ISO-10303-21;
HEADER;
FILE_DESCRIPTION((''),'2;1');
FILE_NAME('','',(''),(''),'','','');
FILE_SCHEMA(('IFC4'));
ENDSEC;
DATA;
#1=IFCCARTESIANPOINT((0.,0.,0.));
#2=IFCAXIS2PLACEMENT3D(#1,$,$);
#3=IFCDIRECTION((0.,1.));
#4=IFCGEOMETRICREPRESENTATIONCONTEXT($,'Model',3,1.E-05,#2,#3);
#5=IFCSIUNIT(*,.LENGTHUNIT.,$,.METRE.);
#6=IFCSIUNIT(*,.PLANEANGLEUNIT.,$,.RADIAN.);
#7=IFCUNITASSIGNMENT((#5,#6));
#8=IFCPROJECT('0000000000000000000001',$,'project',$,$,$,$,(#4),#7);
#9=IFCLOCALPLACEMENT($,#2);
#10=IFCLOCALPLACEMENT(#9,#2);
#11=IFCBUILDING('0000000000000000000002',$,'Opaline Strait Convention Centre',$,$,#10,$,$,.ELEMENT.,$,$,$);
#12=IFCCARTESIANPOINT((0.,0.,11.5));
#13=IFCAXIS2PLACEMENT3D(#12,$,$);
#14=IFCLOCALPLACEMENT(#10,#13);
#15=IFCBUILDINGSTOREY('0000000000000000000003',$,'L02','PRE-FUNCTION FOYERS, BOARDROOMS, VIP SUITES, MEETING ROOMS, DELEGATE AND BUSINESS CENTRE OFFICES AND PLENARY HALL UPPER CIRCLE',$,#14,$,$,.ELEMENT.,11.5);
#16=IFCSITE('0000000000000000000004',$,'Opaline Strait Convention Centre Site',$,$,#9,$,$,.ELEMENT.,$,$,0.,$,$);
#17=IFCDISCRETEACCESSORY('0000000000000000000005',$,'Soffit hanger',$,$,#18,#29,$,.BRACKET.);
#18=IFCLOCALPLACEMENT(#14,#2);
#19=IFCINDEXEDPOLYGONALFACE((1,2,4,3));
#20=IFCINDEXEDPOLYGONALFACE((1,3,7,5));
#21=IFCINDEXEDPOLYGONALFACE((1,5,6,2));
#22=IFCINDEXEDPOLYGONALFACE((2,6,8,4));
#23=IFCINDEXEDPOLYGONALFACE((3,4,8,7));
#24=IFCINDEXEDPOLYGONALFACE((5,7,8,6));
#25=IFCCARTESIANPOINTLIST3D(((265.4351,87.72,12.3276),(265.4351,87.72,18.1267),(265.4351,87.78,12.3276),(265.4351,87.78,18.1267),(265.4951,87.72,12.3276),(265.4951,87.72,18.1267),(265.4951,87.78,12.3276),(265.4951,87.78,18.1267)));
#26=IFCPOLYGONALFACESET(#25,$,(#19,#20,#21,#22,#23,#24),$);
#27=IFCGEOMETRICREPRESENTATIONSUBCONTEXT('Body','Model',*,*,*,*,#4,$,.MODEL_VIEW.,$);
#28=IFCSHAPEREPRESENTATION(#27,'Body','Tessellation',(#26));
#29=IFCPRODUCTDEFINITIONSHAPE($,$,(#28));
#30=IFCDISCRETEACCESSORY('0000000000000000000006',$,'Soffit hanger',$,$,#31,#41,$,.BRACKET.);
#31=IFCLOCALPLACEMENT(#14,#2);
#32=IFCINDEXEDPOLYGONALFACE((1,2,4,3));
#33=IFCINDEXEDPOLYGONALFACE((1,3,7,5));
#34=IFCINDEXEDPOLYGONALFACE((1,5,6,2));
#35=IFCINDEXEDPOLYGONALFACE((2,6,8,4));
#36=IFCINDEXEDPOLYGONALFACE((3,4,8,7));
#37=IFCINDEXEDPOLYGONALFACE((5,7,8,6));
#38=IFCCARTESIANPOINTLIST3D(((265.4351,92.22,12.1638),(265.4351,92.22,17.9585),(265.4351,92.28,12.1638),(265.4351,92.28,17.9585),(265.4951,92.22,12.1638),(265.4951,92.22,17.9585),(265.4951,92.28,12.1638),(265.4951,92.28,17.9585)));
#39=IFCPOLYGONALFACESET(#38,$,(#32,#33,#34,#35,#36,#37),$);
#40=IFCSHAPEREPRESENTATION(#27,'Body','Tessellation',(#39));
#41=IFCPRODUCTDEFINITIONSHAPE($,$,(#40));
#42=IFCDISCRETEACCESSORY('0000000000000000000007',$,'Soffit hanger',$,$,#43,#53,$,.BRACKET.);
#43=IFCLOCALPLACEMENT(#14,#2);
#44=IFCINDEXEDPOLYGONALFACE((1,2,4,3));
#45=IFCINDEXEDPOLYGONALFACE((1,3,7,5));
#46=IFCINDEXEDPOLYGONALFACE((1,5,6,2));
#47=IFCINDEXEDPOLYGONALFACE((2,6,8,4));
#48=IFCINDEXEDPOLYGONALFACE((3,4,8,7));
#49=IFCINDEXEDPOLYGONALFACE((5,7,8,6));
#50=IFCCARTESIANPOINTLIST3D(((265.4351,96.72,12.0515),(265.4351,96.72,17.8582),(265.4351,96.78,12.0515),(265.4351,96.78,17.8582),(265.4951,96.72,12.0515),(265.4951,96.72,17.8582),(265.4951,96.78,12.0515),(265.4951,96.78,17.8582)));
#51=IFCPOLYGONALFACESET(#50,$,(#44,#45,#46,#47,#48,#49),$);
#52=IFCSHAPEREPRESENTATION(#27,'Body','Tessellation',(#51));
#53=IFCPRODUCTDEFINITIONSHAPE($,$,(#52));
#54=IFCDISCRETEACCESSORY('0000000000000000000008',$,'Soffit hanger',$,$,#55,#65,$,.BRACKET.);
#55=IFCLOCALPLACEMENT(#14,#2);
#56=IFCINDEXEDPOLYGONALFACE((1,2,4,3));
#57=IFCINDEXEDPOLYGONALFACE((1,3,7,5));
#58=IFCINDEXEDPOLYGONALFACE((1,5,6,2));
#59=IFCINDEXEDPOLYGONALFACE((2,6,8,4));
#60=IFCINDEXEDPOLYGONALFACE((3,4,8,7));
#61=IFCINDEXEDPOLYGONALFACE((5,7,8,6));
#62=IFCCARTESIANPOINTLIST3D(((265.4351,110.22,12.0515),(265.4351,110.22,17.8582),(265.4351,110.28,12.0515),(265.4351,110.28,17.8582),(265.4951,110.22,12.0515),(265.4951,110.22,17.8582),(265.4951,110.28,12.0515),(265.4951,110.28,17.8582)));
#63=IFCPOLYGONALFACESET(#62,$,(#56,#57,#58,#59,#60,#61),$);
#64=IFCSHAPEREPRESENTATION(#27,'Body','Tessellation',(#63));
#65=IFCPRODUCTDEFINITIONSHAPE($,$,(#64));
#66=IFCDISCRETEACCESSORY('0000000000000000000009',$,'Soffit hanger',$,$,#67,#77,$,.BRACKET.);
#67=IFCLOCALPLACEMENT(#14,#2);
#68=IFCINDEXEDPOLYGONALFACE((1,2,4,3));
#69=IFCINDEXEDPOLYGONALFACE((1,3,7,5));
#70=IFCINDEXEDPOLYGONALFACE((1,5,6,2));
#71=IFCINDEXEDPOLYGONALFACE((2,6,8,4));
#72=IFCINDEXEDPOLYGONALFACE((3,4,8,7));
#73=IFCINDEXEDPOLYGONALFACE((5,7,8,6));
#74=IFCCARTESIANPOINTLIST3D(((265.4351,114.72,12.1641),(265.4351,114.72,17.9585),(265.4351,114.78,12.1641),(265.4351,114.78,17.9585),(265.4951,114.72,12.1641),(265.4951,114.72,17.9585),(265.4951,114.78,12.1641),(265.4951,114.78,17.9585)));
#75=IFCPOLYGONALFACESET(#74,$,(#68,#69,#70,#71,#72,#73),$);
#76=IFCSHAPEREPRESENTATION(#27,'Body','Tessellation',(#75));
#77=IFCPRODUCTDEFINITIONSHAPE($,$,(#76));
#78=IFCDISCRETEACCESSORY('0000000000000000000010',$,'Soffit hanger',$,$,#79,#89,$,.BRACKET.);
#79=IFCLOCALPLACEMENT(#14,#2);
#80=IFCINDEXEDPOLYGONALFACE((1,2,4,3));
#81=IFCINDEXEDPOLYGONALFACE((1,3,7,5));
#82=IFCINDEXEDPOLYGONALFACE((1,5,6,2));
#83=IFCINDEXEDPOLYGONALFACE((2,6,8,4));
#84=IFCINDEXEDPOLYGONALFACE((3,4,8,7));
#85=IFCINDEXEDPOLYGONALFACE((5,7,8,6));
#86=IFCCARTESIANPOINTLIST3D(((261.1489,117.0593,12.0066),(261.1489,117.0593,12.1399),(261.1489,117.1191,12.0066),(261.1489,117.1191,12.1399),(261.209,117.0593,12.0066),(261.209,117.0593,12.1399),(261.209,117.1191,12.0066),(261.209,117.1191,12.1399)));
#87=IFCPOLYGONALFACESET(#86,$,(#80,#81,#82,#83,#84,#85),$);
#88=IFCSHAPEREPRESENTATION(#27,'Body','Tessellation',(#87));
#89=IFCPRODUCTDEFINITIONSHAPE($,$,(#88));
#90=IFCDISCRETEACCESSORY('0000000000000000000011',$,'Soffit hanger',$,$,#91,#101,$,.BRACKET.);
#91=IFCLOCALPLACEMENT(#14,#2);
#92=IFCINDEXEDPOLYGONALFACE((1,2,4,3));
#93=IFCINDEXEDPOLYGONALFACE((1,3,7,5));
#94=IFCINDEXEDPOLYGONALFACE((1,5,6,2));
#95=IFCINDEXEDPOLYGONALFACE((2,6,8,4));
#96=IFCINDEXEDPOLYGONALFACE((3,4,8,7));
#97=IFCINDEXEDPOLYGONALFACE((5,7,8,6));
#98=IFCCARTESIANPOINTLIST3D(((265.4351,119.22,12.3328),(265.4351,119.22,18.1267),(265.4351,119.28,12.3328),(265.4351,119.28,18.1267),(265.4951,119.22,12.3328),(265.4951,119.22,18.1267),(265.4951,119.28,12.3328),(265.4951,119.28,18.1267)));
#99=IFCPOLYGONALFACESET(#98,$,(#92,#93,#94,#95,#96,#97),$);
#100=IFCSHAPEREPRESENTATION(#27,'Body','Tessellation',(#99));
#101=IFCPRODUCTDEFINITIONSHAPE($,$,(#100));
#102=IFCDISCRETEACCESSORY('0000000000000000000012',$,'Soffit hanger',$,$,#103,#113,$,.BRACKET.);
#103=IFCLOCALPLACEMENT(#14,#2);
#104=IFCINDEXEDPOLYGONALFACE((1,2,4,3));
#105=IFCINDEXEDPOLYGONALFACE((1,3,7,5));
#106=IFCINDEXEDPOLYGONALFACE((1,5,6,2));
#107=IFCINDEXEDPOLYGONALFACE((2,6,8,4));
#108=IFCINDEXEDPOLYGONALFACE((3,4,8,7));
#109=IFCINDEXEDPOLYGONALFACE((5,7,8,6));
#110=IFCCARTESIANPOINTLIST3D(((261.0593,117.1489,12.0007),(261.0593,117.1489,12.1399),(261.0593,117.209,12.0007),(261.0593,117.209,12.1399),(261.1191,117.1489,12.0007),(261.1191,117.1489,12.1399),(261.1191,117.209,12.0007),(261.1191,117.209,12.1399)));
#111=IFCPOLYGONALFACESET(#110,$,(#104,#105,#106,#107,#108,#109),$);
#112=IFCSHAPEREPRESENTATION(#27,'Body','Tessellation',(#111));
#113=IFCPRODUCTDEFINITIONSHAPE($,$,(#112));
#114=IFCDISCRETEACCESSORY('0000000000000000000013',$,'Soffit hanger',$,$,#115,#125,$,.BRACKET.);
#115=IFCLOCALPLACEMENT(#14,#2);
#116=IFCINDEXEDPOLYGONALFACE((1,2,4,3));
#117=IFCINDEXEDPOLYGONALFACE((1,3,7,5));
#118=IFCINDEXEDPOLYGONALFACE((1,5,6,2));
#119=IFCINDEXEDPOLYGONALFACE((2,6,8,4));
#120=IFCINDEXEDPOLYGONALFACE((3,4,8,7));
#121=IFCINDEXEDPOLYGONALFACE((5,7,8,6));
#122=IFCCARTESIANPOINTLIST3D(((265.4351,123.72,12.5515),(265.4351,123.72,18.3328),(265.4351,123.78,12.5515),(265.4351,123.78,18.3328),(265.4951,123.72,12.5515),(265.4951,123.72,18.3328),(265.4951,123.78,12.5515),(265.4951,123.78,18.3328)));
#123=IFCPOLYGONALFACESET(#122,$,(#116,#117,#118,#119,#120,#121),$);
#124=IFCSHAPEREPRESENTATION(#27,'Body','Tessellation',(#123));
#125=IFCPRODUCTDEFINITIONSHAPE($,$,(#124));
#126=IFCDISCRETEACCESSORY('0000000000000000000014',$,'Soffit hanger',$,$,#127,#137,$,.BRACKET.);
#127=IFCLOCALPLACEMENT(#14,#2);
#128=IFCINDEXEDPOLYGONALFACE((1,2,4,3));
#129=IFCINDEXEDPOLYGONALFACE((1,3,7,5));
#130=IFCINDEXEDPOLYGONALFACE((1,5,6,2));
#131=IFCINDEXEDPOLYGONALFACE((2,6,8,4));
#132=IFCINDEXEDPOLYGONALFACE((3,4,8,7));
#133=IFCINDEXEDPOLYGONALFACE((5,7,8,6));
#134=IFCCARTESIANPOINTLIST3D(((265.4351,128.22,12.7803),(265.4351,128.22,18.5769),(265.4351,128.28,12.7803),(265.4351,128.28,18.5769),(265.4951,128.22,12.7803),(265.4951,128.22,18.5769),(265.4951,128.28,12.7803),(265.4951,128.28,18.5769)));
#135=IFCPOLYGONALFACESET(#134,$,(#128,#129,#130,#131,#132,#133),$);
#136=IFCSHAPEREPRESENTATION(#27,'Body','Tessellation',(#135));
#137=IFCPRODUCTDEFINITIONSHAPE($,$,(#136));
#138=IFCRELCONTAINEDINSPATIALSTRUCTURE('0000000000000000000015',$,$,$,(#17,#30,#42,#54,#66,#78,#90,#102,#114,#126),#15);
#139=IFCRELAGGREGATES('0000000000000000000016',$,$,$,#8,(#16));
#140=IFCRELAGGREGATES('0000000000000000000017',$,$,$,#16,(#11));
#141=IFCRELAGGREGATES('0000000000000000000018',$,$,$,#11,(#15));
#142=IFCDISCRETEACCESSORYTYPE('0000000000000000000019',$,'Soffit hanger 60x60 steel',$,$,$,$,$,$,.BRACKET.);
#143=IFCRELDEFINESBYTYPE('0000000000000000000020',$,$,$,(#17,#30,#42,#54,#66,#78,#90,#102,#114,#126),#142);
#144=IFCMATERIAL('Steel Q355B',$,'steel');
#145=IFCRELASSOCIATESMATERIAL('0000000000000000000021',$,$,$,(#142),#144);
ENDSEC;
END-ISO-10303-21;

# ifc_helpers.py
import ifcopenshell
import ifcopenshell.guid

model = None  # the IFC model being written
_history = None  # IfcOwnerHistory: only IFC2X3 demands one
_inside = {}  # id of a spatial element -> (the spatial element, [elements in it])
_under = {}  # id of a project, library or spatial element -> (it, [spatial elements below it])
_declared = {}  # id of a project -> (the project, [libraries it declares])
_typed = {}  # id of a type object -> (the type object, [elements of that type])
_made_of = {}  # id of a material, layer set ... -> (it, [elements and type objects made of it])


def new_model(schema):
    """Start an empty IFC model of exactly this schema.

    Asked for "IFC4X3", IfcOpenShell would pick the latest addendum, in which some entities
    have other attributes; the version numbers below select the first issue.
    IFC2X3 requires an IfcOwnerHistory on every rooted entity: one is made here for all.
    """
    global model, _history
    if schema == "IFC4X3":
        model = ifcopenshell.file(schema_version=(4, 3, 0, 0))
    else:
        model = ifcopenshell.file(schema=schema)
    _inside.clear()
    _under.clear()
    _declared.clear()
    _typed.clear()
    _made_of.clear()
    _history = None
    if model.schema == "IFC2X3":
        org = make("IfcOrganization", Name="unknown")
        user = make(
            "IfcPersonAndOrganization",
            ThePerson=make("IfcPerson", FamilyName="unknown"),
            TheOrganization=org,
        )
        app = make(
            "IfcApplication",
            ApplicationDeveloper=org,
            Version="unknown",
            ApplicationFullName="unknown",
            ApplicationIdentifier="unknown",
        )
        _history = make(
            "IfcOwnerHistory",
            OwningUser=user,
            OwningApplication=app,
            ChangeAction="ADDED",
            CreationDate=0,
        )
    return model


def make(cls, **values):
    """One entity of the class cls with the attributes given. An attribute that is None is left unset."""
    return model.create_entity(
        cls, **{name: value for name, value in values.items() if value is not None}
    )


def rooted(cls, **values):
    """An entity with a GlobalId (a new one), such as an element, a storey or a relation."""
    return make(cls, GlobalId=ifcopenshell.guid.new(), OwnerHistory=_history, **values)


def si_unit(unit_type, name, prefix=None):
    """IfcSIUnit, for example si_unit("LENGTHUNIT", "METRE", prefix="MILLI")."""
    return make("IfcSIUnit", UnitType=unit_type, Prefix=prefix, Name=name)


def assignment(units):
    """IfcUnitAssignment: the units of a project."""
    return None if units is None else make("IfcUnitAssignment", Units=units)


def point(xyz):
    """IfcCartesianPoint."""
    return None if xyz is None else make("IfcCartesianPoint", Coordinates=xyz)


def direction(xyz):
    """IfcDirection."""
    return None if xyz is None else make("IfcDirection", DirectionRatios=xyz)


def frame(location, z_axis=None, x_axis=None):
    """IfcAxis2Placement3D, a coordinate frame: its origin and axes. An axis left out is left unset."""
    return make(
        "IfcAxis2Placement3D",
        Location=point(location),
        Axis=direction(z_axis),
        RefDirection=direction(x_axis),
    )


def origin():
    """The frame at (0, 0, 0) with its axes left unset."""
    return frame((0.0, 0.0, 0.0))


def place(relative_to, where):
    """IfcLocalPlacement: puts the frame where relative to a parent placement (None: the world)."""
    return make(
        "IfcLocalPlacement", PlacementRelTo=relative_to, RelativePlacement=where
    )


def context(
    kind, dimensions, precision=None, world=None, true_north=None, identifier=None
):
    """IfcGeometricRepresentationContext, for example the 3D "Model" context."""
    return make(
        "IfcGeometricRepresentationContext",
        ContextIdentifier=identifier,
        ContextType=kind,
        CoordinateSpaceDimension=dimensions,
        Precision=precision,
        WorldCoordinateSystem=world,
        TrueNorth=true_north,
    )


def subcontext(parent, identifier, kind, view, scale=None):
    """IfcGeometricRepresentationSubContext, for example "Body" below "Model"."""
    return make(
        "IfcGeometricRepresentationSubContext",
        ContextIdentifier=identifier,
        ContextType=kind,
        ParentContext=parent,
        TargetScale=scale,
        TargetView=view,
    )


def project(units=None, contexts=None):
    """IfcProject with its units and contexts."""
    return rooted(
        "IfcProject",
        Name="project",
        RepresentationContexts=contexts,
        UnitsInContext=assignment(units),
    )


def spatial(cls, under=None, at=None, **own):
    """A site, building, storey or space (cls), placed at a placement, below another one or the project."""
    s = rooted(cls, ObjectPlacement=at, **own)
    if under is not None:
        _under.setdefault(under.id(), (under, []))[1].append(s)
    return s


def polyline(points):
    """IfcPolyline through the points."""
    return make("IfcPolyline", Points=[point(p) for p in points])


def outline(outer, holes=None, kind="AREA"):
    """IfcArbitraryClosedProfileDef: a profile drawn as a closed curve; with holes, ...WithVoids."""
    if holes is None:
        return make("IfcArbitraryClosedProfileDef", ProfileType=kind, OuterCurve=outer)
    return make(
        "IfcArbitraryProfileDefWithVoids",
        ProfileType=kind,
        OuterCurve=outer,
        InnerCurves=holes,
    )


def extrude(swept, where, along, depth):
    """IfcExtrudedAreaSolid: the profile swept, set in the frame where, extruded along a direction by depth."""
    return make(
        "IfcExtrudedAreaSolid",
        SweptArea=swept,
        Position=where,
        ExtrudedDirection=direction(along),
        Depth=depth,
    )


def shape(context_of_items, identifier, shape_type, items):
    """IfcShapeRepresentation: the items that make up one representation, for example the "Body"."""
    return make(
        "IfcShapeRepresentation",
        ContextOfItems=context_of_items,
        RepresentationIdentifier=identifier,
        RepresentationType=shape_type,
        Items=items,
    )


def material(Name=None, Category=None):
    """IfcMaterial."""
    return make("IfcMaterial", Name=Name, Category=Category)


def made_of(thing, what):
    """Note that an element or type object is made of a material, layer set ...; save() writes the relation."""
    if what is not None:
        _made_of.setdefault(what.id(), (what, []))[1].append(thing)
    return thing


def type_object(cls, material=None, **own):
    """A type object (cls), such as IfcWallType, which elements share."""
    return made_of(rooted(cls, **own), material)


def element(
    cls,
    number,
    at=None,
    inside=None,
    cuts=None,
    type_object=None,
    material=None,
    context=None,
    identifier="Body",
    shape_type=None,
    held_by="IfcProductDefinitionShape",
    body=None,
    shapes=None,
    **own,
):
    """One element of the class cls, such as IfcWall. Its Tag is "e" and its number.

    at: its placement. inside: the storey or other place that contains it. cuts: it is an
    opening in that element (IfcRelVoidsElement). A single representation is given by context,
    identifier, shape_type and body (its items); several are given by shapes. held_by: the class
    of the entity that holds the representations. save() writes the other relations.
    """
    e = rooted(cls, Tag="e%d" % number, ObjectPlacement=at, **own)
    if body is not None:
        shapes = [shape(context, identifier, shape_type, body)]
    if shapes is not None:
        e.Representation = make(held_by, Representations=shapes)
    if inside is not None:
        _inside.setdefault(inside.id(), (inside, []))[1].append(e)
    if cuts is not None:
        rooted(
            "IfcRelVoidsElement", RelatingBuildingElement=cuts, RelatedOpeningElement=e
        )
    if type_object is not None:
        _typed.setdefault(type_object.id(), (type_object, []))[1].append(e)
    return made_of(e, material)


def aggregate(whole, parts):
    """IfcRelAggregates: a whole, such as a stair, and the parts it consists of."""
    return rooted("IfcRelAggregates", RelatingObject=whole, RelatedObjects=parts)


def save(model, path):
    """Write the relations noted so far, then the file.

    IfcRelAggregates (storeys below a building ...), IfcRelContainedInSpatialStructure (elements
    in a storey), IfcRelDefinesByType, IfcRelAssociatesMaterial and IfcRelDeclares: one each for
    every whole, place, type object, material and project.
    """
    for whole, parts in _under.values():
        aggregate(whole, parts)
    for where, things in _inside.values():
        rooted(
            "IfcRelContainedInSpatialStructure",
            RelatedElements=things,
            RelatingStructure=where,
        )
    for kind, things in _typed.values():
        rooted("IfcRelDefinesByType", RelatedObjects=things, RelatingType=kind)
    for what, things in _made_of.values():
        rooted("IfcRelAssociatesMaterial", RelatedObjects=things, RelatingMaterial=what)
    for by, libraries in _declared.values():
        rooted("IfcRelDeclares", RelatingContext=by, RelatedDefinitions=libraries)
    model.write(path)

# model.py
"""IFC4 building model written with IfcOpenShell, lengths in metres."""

from ifc_helpers import new_model, si_unit, direction, frame, origin, place, context, subcontext, project, spatial, polyline, outline, extrude, material, type_object, element, save


model = new_model("IFC4")

# Units and contexts
model_context = context("Model", 3, precision=1e-05, world=origin(), true_north=direction((0.0, 1.0)))
body_context = subcontext(model_context, "Body", "Model", "MODEL_VIEW")
ifc_project = project(units=[si_unit("LENGTHUNIT", "METRE"), si_unit("PLANEANGLEUNIT", "RADIAN")], contexts=[model_context])

# Site, building, storey
site_placement = place(None, origin())
site = spatial("IfcSite", under=ifc_project, at=site_placement, Name="Opaline Strait Convention Centre Site", CompositionType="ELEMENT", RefElevation=0.0)
building_placement = place(site_placement, origin())
building = spatial("IfcBuilding", under=site, at=building_placement, Name="Opaline Strait Convention Centre", CompositionType="ELEMENT")
storey_placement = place(building_placement, frame((0.0, 0.0, 11.5)))
storey = spatial("IfcBuildingStorey", under=building, at=storey_placement, Name="L02", Description="PRE-FUNCTION FOYERS, BOARDROOMS, VIP SUITES, MEETING ROOMS, DELEGATE AND BUSINESS CENTRE OFFICES AND PLENARY HALL UPPER CIRCLE", CompositionType="ELEMENT", Elevation=11.5)

# Discrete accessories
ifc_material = material(Name="Steel Q355B", Category="steel")
discrete_accessory_type = type_object("IfcDiscreteAccessoryType", Name="Soffit hanger 60x60 steel", PredefinedType="BRACKET", material=ifc_material)
discrete_accessory_1_placement = place(storey_placement, frame((0.0, 0.0, 12.3276)))
element("IfcDiscreteAccessory", 1, at=discrete_accessory_1_placement, inside=storey, type_object=discrete_accessory_type, Name="Soffit hanger", PredefinedType="BRACKET", context=body_context, shape_type="SweptSolid", body=[
    extrude(outline(polyline([(265.4351, 87.72), (265.4951, 87.72), (265.4951, 87.78), (265.4351, 87.78), (265.4351, 87.72)])), origin(), (0.0, 0.0, 1.0), 5.7991),
])
discrete_accessory_2_placement = place(storey_placement, frame((0.0, 0.0, 12.1638)))
element("IfcDiscreteAccessory", 2, at=discrete_accessory_2_placement, inside=storey, type_object=discrete_accessory_type, Name="Soffit hanger", PredefinedType="BRACKET", context=body_context, shape_type="SweptSolid", body=[
    extrude(outline(polyline([(265.4351, 92.22), (265.4951, 92.22), (265.4951, 92.28), (265.4351, 92.28), (265.4351, 92.22)])), origin(), (0.0, 0.0, 1.0), 5.7947),
])
discrete_accessory_3_placement = place(storey_placement, frame((0.0, 0.0, 12.0515)))
element("IfcDiscreteAccessory", 3, at=discrete_accessory_3_placement, inside=storey, type_object=discrete_accessory_type, Name="Soffit hanger", PredefinedType="BRACKET", context=body_context, shape_type="SweptSolid", body=[
    extrude(outline(polyline([(265.4351, 96.72), (265.4951, 96.72), (265.4951, 96.78), (265.4351, 96.78), (265.4351, 96.72)])), origin(), (0.0, 0.0, 1.0), 5.8066),
])
discrete_accessory_4_placement = place(storey_placement, frame((0.0, 0.0, 12.0515)))
element("IfcDiscreteAccessory", 4, at=discrete_accessory_4_placement, inside=storey, type_object=discrete_accessory_type, Name="Soffit hanger", PredefinedType="BRACKET", context=body_context, shape_type="SweptSolid", body=[
    extrude(outline(polyline([(265.4351, 110.22), (265.4951, 110.22), (265.4951, 110.28), (265.4351, 110.28), (265.4351, 110.22)])), origin(), (0.0, 0.0, 1.0), 5.8066),
])
discrete_accessory_5_placement = place(storey_placement, frame((0.0, 0.0, 12.1641)))
element("IfcDiscreteAccessory", 5, at=discrete_accessory_5_placement, inside=storey, type_object=discrete_accessory_type, Name="Soffit hanger", PredefinedType="BRACKET", context=body_context, shape_type="SweptSolid", body=[
    extrude(outline(polyline([(265.4351, 114.72), (265.4951, 114.72), (265.4951, 114.78), (265.4351, 114.78), (265.4351, 114.72)])), origin(), (0.0, 0.0, 1.0), 5.7944),
])
discrete_accessory_6_placement = place(storey_placement, frame((0.0, 0.0, 12.0066)))
element("IfcDiscreteAccessory", 6, at=discrete_accessory_6_placement, inside=storey, type_object=discrete_accessory_type, Name="Soffit hanger", PredefinedType="BRACKET", context=body_context, shape_type="SweptSolid", body=[
    extrude(outline(polyline([(261.1489, 117.0593), (261.209, 117.0593), (261.209, 117.1191), (261.1489, 117.1191), (261.1489, 117.0593)])), origin(), (0.0, 0.0, 1.0), 0.1333),
])
discrete_accessory_7_placement = place(storey_placement, frame((0.0, 0.0, 12.3328)))
element("IfcDiscreteAccessory", 7, at=discrete_accessory_7_placement, inside=storey, type_object=discrete_accessory_type, Name="Soffit hanger", PredefinedType="BRACKET", context=body_context, shape_type="SweptSolid", body=[
    extrude(outline(polyline([(265.4351, 119.22), (265.4951, 119.22), (265.4951, 119.28), (265.4351, 119.28), (265.4351, 119.22)])), origin(), (0.0, 0.0, 1.0), 5.7939),
])
discrete_accessory_8_placement = place(storey_placement, frame((0.0, 0.0, 12.0007)))
element("IfcDiscreteAccessory", 8, at=discrete_accessory_8_placement, inside=storey, type_object=discrete_accessory_type, Name="Soffit hanger", PredefinedType="BRACKET", context=body_context, shape_type="SweptSolid", body=[
    extrude(outline(polyline([(261.0593, 117.1489), (261.1191, 117.1489), (261.1191, 117.209), (261.0593, 117.209), (261.0593, 117.1489)])), origin(), (0.0, 0.0, 1.0), 0.1392),
])
discrete_accessory_9_placement = place(storey_placement, frame((0.0, 0.0, 12.5515)))
element("IfcDiscreteAccessory", 9, at=discrete_accessory_9_placement, inside=storey, type_object=discrete_accessory_type, Name="Soffit hanger", PredefinedType="BRACKET", context=body_context, shape_type="SweptSolid", body=[
    extrude(outline(polyline([(265.4351, 123.72), (265.4951, 123.72), (265.4951, 123.78), (265.4351, 123.78), (265.4351, 123.72)])), origin(), (0.0, 0.0, 1.0), 5.7812),
])
discrete_accessory_10_placement = place(storey_placement, frame((0.0, 0.0, 12.7803)))
element("IfcDiscreteAccessory", 10, at=discrete_accessory_10_placement, inside=storey, type_object=discrete_accessory_type, Name="Soffit hanger", PredefinedType="BRACKET", context=body_context, shape_type="SweptSolid", body=[
    extrude(outline(polyline([(265.4351, 128.22), (265.4951, 128.22), (265.4951, 128.28), (265.4351, 128.28), (265.4351, 128.22)])), origin(), (0.0, 0.0, 1.0), 5.7966),
])

save(model, "model.ifc")
